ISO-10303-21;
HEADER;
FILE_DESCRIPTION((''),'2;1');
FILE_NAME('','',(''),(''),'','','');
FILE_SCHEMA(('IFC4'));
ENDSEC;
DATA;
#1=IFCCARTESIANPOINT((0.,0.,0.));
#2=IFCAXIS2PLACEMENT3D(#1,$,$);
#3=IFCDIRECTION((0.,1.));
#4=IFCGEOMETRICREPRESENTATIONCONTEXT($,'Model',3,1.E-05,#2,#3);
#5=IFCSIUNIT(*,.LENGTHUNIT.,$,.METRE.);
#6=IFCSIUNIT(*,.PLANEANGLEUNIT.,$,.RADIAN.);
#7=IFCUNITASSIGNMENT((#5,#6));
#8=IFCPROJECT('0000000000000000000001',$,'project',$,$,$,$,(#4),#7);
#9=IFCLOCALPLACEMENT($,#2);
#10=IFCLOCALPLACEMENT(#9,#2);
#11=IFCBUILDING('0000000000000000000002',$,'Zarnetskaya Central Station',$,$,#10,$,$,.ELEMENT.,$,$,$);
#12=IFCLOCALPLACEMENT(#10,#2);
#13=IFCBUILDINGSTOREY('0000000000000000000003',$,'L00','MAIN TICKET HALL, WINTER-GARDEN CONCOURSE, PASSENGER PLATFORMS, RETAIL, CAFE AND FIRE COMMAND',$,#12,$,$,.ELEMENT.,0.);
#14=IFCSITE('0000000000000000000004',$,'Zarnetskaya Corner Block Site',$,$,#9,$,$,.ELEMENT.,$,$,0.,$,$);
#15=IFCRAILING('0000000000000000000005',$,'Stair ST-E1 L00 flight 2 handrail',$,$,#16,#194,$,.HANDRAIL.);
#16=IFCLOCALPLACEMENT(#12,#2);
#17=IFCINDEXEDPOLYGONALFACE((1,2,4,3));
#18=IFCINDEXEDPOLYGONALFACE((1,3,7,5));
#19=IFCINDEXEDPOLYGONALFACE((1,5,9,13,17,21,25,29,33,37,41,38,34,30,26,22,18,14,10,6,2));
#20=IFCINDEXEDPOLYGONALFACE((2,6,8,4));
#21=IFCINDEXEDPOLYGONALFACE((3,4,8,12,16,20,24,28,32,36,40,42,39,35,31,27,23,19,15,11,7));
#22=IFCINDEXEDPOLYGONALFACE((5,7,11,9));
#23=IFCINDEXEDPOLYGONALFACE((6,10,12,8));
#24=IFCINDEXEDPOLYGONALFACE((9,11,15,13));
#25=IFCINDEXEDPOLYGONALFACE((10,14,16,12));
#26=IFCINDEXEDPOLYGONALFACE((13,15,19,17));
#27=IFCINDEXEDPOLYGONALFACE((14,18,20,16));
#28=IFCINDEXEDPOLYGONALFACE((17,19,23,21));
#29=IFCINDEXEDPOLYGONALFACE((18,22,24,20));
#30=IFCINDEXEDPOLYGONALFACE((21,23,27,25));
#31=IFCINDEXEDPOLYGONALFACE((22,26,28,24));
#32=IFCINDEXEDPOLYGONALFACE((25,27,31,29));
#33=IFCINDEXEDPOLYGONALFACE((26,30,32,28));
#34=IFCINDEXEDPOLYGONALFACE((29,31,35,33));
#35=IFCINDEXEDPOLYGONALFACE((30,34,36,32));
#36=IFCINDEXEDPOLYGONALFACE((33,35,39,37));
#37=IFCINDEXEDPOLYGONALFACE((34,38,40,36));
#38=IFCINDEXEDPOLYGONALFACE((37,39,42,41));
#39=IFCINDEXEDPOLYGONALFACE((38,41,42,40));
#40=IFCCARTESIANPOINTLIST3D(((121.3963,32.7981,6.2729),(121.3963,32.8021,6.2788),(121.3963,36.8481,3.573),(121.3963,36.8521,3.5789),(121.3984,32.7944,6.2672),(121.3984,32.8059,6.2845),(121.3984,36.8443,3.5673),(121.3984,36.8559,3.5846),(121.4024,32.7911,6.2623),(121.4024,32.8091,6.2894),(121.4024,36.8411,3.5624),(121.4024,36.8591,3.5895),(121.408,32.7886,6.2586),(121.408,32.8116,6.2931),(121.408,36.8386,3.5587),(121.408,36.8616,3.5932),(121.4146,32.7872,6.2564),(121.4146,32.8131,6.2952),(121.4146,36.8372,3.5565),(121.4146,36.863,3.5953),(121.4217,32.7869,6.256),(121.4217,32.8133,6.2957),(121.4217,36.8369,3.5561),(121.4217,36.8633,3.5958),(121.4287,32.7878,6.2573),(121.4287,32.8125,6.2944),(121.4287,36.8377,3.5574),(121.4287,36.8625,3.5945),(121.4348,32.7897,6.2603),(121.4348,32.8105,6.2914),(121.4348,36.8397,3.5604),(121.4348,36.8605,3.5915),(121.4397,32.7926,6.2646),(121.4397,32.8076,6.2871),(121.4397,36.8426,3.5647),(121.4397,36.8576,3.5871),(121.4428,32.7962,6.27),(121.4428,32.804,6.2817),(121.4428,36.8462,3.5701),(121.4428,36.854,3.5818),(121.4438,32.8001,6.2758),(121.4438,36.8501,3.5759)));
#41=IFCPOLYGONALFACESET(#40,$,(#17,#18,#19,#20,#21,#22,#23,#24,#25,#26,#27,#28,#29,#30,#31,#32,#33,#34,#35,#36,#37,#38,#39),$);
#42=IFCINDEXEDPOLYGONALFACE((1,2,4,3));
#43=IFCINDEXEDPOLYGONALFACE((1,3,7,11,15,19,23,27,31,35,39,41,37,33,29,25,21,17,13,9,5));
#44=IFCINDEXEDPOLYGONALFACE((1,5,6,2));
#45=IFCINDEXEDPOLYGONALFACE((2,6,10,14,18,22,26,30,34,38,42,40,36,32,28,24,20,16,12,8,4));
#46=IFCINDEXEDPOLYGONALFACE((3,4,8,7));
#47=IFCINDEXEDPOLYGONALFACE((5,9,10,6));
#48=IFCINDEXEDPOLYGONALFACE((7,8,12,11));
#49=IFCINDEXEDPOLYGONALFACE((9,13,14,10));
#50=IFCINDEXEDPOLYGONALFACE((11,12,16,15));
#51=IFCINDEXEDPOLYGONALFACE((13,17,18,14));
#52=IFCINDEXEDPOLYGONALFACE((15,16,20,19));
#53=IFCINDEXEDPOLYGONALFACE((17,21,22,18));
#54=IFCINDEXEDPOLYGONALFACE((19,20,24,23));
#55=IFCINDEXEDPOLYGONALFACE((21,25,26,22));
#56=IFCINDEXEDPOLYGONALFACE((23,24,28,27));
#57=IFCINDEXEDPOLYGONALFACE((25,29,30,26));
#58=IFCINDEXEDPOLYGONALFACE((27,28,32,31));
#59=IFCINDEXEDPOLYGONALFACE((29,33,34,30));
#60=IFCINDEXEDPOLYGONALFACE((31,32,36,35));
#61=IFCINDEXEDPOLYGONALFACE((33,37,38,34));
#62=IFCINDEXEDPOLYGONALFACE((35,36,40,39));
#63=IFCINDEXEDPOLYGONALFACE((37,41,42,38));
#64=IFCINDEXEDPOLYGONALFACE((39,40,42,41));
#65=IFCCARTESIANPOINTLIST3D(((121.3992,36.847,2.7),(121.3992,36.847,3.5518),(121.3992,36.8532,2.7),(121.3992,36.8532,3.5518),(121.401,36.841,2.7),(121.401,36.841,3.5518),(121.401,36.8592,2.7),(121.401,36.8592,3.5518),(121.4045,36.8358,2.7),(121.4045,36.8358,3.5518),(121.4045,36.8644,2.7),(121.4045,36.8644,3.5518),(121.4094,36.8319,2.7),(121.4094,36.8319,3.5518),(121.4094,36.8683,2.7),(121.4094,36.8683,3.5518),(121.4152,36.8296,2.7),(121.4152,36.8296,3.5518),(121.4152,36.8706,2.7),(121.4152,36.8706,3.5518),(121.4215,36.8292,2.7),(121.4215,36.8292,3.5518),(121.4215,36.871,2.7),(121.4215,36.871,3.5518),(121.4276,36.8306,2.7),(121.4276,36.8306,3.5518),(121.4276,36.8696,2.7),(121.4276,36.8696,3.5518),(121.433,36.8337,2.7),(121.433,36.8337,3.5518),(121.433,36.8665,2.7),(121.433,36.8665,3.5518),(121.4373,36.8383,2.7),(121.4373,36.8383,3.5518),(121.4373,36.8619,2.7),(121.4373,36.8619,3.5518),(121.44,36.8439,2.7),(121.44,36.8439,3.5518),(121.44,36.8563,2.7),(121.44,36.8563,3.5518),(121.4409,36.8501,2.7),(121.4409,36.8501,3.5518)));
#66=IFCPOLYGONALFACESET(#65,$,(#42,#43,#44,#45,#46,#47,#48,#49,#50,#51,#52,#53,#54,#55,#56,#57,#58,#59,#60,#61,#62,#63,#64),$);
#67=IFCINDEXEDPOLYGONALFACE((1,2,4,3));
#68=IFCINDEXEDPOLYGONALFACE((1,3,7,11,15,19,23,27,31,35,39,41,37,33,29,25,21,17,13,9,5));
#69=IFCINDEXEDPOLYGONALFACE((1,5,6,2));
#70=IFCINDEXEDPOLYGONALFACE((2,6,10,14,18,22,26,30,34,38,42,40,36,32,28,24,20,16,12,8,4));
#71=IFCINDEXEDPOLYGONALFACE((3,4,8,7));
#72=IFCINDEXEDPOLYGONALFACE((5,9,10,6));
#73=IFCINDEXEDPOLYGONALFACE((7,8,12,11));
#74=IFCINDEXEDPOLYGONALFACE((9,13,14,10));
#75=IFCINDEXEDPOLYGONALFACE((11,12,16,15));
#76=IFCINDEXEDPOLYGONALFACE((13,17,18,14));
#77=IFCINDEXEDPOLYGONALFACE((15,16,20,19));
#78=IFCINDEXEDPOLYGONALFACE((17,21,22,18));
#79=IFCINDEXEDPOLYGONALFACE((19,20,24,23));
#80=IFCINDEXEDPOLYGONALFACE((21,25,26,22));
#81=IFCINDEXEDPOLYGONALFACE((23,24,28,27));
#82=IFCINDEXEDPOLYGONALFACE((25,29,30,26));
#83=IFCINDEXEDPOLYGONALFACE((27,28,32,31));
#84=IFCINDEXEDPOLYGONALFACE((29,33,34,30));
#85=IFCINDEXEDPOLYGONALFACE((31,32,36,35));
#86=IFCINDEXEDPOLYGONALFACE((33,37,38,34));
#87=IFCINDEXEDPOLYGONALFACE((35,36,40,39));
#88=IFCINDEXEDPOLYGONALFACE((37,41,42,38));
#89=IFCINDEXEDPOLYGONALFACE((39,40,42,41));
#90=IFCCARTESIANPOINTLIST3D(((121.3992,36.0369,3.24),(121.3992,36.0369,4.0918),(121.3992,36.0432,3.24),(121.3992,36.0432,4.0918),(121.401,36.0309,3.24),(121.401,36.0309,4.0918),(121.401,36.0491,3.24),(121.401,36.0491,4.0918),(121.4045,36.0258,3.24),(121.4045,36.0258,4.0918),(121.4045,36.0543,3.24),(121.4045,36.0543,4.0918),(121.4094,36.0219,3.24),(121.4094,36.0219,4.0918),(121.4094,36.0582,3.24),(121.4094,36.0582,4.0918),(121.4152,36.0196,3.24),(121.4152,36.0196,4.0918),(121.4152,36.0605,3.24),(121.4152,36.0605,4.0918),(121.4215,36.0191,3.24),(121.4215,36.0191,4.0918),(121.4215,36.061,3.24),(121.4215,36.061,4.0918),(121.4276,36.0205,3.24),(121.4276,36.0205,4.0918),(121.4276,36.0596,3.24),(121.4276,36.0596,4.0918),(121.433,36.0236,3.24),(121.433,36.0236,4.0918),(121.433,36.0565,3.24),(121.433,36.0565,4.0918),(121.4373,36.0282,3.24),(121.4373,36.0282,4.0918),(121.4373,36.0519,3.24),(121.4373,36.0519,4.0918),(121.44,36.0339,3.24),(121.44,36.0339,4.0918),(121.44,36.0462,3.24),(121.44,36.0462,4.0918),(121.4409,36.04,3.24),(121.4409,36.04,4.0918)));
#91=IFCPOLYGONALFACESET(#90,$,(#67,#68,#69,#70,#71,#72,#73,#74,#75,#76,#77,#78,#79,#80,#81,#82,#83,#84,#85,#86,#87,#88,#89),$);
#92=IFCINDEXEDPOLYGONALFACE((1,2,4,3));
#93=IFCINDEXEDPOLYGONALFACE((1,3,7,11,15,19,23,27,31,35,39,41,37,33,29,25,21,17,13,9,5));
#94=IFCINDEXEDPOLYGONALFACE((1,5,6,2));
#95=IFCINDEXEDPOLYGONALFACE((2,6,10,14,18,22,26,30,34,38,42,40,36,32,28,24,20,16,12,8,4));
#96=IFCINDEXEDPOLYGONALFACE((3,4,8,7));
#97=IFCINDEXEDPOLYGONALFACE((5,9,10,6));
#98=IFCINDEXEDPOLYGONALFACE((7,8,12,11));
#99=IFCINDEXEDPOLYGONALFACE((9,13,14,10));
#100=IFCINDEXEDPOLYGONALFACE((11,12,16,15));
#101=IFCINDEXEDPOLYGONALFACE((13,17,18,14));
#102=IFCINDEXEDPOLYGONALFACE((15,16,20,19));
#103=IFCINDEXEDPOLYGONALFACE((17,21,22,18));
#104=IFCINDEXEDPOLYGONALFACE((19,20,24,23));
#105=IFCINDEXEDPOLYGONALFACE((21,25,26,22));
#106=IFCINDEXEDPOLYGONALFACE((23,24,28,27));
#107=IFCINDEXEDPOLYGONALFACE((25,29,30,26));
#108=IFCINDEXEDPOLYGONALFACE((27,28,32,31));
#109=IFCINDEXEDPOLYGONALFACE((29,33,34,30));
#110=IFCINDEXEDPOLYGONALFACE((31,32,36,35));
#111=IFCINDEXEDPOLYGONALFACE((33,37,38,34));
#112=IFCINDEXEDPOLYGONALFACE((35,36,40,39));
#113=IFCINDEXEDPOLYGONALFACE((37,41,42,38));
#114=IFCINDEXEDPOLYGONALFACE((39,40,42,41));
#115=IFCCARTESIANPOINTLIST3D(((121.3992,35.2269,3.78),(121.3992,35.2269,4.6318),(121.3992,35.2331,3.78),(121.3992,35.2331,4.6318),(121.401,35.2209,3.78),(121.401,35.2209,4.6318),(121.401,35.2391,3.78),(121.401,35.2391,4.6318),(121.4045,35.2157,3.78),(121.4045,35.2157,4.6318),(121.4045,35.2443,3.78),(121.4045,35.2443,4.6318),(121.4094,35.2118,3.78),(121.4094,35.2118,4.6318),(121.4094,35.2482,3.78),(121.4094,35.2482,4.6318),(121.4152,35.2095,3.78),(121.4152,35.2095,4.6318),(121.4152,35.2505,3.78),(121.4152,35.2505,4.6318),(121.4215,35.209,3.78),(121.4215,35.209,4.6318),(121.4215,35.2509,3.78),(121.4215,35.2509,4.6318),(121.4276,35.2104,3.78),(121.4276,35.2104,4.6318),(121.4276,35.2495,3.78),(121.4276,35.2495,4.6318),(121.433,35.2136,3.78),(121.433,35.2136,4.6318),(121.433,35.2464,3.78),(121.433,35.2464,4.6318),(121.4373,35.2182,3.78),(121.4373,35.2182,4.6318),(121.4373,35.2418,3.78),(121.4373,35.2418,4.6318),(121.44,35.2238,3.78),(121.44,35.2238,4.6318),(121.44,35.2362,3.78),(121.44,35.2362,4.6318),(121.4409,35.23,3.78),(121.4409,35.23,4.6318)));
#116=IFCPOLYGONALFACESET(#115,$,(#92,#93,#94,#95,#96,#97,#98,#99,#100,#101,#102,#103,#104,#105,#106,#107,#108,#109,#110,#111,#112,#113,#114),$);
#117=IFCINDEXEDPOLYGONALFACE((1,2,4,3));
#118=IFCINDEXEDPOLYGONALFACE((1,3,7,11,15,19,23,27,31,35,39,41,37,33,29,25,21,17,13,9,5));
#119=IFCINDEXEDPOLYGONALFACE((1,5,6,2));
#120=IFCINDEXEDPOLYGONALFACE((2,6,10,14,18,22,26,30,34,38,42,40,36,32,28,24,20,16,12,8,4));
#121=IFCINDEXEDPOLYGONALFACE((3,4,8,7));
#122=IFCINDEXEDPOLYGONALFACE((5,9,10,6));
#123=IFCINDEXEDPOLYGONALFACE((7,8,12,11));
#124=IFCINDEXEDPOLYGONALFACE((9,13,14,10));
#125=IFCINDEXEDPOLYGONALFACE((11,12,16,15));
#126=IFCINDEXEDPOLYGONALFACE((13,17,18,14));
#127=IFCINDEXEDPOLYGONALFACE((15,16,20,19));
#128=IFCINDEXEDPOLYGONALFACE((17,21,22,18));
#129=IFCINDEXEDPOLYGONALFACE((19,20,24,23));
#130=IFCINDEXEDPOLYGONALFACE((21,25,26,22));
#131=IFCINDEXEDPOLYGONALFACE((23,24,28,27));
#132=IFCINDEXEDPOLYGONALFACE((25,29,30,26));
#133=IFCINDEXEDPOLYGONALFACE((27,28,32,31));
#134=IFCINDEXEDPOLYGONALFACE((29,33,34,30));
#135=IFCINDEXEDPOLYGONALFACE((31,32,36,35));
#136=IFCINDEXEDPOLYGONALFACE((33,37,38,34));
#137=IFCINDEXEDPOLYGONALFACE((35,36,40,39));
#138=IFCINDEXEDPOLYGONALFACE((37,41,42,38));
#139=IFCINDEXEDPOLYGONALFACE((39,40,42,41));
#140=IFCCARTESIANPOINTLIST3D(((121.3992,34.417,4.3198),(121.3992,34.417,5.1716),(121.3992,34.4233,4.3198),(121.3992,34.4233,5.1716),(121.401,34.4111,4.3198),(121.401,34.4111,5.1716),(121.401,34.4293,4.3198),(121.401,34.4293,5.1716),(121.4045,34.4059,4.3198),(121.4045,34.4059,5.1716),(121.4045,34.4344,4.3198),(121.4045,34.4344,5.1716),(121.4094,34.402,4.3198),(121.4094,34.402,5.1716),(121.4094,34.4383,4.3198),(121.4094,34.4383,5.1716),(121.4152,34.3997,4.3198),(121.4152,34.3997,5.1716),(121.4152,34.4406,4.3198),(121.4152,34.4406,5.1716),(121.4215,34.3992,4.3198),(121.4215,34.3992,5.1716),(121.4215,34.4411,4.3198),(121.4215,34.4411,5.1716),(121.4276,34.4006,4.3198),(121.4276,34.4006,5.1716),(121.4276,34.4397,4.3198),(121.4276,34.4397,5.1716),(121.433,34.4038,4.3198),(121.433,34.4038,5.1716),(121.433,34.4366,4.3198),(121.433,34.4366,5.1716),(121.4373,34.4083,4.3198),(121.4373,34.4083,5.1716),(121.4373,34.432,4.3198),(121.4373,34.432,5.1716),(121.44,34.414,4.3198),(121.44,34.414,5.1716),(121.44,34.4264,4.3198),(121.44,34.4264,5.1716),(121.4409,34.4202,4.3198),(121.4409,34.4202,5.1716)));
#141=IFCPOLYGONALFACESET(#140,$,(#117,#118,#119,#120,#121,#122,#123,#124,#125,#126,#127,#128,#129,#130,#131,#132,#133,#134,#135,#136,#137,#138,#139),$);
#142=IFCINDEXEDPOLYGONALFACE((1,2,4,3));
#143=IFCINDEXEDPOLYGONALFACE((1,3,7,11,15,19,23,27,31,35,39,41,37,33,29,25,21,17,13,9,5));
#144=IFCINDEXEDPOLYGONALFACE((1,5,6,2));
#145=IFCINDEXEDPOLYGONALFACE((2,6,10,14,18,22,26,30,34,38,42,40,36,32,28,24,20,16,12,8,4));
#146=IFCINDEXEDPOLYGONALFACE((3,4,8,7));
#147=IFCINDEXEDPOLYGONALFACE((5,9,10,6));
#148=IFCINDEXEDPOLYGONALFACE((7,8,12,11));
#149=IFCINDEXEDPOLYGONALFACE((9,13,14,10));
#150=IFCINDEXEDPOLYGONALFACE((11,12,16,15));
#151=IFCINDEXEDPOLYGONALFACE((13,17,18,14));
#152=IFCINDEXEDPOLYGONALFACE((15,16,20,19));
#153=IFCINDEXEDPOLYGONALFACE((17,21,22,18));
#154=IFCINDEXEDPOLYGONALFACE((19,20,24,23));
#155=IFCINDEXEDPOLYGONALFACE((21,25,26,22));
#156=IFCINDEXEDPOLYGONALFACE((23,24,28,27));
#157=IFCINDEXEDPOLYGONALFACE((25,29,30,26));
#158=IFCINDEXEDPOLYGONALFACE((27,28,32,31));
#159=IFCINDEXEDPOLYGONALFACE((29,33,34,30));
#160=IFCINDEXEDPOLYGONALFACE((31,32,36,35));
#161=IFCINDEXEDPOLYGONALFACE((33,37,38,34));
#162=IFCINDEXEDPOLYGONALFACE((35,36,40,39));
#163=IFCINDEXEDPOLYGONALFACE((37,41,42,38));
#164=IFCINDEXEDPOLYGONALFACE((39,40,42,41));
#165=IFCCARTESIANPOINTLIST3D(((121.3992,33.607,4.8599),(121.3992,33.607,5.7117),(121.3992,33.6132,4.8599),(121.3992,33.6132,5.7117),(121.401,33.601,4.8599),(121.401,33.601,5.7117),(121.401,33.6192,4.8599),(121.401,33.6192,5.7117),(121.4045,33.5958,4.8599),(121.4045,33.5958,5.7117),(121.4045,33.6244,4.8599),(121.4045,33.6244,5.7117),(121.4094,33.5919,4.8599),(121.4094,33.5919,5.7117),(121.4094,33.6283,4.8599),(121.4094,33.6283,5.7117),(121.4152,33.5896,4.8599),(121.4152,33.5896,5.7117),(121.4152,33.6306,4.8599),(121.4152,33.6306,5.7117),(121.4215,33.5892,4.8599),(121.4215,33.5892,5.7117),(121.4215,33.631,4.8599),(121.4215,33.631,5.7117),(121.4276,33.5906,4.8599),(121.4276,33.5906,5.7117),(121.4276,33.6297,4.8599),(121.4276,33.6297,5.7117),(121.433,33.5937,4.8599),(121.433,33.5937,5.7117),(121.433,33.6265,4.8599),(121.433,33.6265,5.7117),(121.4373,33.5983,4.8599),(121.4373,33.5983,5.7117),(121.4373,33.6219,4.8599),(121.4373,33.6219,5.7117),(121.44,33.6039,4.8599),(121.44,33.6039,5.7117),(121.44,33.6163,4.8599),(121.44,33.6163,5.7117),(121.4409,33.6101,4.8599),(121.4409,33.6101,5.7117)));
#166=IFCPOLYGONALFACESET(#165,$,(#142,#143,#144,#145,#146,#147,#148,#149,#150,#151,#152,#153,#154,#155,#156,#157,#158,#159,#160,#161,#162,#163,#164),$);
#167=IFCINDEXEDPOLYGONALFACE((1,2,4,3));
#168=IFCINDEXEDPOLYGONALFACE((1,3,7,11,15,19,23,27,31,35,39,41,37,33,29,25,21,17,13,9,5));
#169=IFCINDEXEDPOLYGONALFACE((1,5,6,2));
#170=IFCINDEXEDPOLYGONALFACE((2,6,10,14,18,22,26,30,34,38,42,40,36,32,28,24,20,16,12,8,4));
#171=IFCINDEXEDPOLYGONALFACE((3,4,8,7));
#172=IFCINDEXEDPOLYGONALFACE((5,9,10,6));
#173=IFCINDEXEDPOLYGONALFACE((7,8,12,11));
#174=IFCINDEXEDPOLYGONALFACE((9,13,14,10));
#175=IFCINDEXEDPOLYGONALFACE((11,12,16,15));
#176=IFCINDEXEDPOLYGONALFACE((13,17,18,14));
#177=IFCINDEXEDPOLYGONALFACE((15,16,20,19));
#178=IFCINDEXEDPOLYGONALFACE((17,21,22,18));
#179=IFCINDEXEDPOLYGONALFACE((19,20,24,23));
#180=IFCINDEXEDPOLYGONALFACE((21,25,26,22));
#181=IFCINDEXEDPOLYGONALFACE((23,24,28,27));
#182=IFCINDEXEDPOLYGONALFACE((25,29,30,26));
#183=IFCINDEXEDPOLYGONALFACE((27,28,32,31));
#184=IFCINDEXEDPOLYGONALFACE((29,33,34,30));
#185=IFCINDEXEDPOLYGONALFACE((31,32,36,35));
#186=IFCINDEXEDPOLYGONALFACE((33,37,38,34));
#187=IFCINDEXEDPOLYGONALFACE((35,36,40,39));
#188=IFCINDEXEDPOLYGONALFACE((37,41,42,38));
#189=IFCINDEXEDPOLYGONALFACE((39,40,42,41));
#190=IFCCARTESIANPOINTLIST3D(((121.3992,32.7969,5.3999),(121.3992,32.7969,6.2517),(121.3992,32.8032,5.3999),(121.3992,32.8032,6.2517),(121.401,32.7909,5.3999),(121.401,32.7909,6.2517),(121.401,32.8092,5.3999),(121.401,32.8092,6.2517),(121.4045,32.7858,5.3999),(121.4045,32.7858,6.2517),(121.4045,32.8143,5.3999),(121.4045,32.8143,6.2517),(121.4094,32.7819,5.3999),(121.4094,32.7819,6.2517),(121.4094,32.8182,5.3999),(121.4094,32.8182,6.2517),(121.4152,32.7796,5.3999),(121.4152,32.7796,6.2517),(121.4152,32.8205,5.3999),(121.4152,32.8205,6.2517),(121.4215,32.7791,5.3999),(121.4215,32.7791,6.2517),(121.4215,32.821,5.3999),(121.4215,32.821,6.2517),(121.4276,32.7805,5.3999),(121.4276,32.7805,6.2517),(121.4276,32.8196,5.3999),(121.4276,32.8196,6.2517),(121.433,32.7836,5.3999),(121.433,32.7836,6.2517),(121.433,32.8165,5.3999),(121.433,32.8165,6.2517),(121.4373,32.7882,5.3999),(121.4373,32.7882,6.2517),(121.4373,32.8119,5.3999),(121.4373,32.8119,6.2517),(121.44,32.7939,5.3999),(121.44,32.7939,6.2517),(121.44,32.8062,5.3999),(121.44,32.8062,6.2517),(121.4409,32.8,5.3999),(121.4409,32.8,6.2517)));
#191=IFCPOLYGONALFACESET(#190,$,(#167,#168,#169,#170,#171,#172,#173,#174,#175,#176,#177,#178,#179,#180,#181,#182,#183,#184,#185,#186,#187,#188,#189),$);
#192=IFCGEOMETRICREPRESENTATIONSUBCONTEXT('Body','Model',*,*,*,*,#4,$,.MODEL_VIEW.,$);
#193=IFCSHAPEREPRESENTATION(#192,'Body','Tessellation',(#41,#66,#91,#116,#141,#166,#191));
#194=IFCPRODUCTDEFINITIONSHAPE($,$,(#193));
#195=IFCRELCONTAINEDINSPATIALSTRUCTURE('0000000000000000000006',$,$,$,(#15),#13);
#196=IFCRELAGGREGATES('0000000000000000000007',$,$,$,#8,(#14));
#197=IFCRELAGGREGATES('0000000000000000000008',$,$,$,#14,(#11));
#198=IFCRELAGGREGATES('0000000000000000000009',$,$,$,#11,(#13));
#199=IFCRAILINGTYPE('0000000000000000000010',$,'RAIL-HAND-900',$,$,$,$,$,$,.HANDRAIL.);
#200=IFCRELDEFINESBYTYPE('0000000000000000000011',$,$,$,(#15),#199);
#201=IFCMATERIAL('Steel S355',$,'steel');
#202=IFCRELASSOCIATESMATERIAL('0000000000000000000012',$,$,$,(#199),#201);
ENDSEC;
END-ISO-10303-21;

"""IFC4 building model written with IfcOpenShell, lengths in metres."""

from ifc_helpers import new_model, si_unit, direction, frame, origin, origin_2d, place, context, subcontext, project, spatial, circle, extrude, material, type_object, element, save


model = new_model("IFC4")

# Units and contexts
model_context = context("Model", 3, precision=1e-05, world=origin(), true_north=direction((0.0, 1.0)))
body_context = subcontext(model_context, "Body", "Model", "MODEL_VIEW")
ifc_project = project(units=[si_unit("LENGTHUNIT", "METRE"), si_unit("PLANEANGLEUNIT", "RADIAN")], contexts=[model_context])

# Site, building, storey
site_placement = place(None, origin())
site = spatial("IfcSite", under=ifc_project, at=site_placement, Name="Zarnetskaya Corner Block Site", CompositionType="ELEMENT", RefElevation=0.0)
building_placement = place(site_placement, origin())
building = spatial("IfcBuilding", under=site, at=building_placement, Name="Zarnetskaya Central Station", CompositionType="ELEMENT")
storey_placement = place(building_placement, origin())
storey = spatial("IfcBuildingStorey", under=building, at=storey_placement, Name="L00", Description="MAIN TICKET HALL, WINTER-GARDEN CONCOURSE, PASSENGER PLATFORMS, RETAIL, CAFE AND FIRE COMMAND", CompositionType="ELEMENT", Elevation=0.0)

# Shared definitions
ifc_material_1 = material(Name="Steel S355", Category="steel")

# Railing
railing_type_1 = type_object("IfcRailingType", Name="RAIL-HAND-900", PredefinedType="HANDRAIL", material=ifc_material_1)
railing_1_placement = place(storey_placement, frame((121.4199, 36.8501, 2.7)))
element("IfcRailing", 1, at=railing_1_placement, inside=storey, type_object=railing_type_1, Name="Stair ST-E1 L00 flight 2 handrail", PredefinedType="HANDRAIL", context=body_context, shape_type="SweptSolid", body=[
    extrude(circle(Radius=0.0239, at=origin_2d()), frame((0.0, 0.0, 0.876), z_axis=(0.0, -0.832058, 0.554689), x_axis=(1.0, 0.0, 0.0)), (0.0, 0.0, 1.0), 4.8674),
    extrude(circle(Radius=0.021, at=origin_2d()), origin(), (0.0, 0.0, 1.0), 0.8518),
    extrude(circle(Radius=0.021, at=origin_2d()), frame((0.0, -0.8101, 0.54)), (0.0, 0.0, 1.0), 0.8518),
    extrude(circle(Radius=0.021, at=origin_2d()), frame((0.0, -1.6201, 1.0801)), (0.0, 0.0, 1.0), 0.8518),
    extrude(circle(Radius=0.021, at=origin_2d()), frame((0.0, -2.4299, 1.6199)), (0.0, 0.0, 1.0), 0.8518),
    extrude(circle(Radius=0.021, at=origin_2d()), frame((0.0, -3.24, 2.1599)), (0.0, 0.0, 1.0), 0.8518),
    extrude(circle(Radius=0.021, at=origin_2d()), frame((0.0, -4.05, 2.7)), (0.0, 0.0, 1.0), 0.8518),
])

save(model, "model.ifc")
